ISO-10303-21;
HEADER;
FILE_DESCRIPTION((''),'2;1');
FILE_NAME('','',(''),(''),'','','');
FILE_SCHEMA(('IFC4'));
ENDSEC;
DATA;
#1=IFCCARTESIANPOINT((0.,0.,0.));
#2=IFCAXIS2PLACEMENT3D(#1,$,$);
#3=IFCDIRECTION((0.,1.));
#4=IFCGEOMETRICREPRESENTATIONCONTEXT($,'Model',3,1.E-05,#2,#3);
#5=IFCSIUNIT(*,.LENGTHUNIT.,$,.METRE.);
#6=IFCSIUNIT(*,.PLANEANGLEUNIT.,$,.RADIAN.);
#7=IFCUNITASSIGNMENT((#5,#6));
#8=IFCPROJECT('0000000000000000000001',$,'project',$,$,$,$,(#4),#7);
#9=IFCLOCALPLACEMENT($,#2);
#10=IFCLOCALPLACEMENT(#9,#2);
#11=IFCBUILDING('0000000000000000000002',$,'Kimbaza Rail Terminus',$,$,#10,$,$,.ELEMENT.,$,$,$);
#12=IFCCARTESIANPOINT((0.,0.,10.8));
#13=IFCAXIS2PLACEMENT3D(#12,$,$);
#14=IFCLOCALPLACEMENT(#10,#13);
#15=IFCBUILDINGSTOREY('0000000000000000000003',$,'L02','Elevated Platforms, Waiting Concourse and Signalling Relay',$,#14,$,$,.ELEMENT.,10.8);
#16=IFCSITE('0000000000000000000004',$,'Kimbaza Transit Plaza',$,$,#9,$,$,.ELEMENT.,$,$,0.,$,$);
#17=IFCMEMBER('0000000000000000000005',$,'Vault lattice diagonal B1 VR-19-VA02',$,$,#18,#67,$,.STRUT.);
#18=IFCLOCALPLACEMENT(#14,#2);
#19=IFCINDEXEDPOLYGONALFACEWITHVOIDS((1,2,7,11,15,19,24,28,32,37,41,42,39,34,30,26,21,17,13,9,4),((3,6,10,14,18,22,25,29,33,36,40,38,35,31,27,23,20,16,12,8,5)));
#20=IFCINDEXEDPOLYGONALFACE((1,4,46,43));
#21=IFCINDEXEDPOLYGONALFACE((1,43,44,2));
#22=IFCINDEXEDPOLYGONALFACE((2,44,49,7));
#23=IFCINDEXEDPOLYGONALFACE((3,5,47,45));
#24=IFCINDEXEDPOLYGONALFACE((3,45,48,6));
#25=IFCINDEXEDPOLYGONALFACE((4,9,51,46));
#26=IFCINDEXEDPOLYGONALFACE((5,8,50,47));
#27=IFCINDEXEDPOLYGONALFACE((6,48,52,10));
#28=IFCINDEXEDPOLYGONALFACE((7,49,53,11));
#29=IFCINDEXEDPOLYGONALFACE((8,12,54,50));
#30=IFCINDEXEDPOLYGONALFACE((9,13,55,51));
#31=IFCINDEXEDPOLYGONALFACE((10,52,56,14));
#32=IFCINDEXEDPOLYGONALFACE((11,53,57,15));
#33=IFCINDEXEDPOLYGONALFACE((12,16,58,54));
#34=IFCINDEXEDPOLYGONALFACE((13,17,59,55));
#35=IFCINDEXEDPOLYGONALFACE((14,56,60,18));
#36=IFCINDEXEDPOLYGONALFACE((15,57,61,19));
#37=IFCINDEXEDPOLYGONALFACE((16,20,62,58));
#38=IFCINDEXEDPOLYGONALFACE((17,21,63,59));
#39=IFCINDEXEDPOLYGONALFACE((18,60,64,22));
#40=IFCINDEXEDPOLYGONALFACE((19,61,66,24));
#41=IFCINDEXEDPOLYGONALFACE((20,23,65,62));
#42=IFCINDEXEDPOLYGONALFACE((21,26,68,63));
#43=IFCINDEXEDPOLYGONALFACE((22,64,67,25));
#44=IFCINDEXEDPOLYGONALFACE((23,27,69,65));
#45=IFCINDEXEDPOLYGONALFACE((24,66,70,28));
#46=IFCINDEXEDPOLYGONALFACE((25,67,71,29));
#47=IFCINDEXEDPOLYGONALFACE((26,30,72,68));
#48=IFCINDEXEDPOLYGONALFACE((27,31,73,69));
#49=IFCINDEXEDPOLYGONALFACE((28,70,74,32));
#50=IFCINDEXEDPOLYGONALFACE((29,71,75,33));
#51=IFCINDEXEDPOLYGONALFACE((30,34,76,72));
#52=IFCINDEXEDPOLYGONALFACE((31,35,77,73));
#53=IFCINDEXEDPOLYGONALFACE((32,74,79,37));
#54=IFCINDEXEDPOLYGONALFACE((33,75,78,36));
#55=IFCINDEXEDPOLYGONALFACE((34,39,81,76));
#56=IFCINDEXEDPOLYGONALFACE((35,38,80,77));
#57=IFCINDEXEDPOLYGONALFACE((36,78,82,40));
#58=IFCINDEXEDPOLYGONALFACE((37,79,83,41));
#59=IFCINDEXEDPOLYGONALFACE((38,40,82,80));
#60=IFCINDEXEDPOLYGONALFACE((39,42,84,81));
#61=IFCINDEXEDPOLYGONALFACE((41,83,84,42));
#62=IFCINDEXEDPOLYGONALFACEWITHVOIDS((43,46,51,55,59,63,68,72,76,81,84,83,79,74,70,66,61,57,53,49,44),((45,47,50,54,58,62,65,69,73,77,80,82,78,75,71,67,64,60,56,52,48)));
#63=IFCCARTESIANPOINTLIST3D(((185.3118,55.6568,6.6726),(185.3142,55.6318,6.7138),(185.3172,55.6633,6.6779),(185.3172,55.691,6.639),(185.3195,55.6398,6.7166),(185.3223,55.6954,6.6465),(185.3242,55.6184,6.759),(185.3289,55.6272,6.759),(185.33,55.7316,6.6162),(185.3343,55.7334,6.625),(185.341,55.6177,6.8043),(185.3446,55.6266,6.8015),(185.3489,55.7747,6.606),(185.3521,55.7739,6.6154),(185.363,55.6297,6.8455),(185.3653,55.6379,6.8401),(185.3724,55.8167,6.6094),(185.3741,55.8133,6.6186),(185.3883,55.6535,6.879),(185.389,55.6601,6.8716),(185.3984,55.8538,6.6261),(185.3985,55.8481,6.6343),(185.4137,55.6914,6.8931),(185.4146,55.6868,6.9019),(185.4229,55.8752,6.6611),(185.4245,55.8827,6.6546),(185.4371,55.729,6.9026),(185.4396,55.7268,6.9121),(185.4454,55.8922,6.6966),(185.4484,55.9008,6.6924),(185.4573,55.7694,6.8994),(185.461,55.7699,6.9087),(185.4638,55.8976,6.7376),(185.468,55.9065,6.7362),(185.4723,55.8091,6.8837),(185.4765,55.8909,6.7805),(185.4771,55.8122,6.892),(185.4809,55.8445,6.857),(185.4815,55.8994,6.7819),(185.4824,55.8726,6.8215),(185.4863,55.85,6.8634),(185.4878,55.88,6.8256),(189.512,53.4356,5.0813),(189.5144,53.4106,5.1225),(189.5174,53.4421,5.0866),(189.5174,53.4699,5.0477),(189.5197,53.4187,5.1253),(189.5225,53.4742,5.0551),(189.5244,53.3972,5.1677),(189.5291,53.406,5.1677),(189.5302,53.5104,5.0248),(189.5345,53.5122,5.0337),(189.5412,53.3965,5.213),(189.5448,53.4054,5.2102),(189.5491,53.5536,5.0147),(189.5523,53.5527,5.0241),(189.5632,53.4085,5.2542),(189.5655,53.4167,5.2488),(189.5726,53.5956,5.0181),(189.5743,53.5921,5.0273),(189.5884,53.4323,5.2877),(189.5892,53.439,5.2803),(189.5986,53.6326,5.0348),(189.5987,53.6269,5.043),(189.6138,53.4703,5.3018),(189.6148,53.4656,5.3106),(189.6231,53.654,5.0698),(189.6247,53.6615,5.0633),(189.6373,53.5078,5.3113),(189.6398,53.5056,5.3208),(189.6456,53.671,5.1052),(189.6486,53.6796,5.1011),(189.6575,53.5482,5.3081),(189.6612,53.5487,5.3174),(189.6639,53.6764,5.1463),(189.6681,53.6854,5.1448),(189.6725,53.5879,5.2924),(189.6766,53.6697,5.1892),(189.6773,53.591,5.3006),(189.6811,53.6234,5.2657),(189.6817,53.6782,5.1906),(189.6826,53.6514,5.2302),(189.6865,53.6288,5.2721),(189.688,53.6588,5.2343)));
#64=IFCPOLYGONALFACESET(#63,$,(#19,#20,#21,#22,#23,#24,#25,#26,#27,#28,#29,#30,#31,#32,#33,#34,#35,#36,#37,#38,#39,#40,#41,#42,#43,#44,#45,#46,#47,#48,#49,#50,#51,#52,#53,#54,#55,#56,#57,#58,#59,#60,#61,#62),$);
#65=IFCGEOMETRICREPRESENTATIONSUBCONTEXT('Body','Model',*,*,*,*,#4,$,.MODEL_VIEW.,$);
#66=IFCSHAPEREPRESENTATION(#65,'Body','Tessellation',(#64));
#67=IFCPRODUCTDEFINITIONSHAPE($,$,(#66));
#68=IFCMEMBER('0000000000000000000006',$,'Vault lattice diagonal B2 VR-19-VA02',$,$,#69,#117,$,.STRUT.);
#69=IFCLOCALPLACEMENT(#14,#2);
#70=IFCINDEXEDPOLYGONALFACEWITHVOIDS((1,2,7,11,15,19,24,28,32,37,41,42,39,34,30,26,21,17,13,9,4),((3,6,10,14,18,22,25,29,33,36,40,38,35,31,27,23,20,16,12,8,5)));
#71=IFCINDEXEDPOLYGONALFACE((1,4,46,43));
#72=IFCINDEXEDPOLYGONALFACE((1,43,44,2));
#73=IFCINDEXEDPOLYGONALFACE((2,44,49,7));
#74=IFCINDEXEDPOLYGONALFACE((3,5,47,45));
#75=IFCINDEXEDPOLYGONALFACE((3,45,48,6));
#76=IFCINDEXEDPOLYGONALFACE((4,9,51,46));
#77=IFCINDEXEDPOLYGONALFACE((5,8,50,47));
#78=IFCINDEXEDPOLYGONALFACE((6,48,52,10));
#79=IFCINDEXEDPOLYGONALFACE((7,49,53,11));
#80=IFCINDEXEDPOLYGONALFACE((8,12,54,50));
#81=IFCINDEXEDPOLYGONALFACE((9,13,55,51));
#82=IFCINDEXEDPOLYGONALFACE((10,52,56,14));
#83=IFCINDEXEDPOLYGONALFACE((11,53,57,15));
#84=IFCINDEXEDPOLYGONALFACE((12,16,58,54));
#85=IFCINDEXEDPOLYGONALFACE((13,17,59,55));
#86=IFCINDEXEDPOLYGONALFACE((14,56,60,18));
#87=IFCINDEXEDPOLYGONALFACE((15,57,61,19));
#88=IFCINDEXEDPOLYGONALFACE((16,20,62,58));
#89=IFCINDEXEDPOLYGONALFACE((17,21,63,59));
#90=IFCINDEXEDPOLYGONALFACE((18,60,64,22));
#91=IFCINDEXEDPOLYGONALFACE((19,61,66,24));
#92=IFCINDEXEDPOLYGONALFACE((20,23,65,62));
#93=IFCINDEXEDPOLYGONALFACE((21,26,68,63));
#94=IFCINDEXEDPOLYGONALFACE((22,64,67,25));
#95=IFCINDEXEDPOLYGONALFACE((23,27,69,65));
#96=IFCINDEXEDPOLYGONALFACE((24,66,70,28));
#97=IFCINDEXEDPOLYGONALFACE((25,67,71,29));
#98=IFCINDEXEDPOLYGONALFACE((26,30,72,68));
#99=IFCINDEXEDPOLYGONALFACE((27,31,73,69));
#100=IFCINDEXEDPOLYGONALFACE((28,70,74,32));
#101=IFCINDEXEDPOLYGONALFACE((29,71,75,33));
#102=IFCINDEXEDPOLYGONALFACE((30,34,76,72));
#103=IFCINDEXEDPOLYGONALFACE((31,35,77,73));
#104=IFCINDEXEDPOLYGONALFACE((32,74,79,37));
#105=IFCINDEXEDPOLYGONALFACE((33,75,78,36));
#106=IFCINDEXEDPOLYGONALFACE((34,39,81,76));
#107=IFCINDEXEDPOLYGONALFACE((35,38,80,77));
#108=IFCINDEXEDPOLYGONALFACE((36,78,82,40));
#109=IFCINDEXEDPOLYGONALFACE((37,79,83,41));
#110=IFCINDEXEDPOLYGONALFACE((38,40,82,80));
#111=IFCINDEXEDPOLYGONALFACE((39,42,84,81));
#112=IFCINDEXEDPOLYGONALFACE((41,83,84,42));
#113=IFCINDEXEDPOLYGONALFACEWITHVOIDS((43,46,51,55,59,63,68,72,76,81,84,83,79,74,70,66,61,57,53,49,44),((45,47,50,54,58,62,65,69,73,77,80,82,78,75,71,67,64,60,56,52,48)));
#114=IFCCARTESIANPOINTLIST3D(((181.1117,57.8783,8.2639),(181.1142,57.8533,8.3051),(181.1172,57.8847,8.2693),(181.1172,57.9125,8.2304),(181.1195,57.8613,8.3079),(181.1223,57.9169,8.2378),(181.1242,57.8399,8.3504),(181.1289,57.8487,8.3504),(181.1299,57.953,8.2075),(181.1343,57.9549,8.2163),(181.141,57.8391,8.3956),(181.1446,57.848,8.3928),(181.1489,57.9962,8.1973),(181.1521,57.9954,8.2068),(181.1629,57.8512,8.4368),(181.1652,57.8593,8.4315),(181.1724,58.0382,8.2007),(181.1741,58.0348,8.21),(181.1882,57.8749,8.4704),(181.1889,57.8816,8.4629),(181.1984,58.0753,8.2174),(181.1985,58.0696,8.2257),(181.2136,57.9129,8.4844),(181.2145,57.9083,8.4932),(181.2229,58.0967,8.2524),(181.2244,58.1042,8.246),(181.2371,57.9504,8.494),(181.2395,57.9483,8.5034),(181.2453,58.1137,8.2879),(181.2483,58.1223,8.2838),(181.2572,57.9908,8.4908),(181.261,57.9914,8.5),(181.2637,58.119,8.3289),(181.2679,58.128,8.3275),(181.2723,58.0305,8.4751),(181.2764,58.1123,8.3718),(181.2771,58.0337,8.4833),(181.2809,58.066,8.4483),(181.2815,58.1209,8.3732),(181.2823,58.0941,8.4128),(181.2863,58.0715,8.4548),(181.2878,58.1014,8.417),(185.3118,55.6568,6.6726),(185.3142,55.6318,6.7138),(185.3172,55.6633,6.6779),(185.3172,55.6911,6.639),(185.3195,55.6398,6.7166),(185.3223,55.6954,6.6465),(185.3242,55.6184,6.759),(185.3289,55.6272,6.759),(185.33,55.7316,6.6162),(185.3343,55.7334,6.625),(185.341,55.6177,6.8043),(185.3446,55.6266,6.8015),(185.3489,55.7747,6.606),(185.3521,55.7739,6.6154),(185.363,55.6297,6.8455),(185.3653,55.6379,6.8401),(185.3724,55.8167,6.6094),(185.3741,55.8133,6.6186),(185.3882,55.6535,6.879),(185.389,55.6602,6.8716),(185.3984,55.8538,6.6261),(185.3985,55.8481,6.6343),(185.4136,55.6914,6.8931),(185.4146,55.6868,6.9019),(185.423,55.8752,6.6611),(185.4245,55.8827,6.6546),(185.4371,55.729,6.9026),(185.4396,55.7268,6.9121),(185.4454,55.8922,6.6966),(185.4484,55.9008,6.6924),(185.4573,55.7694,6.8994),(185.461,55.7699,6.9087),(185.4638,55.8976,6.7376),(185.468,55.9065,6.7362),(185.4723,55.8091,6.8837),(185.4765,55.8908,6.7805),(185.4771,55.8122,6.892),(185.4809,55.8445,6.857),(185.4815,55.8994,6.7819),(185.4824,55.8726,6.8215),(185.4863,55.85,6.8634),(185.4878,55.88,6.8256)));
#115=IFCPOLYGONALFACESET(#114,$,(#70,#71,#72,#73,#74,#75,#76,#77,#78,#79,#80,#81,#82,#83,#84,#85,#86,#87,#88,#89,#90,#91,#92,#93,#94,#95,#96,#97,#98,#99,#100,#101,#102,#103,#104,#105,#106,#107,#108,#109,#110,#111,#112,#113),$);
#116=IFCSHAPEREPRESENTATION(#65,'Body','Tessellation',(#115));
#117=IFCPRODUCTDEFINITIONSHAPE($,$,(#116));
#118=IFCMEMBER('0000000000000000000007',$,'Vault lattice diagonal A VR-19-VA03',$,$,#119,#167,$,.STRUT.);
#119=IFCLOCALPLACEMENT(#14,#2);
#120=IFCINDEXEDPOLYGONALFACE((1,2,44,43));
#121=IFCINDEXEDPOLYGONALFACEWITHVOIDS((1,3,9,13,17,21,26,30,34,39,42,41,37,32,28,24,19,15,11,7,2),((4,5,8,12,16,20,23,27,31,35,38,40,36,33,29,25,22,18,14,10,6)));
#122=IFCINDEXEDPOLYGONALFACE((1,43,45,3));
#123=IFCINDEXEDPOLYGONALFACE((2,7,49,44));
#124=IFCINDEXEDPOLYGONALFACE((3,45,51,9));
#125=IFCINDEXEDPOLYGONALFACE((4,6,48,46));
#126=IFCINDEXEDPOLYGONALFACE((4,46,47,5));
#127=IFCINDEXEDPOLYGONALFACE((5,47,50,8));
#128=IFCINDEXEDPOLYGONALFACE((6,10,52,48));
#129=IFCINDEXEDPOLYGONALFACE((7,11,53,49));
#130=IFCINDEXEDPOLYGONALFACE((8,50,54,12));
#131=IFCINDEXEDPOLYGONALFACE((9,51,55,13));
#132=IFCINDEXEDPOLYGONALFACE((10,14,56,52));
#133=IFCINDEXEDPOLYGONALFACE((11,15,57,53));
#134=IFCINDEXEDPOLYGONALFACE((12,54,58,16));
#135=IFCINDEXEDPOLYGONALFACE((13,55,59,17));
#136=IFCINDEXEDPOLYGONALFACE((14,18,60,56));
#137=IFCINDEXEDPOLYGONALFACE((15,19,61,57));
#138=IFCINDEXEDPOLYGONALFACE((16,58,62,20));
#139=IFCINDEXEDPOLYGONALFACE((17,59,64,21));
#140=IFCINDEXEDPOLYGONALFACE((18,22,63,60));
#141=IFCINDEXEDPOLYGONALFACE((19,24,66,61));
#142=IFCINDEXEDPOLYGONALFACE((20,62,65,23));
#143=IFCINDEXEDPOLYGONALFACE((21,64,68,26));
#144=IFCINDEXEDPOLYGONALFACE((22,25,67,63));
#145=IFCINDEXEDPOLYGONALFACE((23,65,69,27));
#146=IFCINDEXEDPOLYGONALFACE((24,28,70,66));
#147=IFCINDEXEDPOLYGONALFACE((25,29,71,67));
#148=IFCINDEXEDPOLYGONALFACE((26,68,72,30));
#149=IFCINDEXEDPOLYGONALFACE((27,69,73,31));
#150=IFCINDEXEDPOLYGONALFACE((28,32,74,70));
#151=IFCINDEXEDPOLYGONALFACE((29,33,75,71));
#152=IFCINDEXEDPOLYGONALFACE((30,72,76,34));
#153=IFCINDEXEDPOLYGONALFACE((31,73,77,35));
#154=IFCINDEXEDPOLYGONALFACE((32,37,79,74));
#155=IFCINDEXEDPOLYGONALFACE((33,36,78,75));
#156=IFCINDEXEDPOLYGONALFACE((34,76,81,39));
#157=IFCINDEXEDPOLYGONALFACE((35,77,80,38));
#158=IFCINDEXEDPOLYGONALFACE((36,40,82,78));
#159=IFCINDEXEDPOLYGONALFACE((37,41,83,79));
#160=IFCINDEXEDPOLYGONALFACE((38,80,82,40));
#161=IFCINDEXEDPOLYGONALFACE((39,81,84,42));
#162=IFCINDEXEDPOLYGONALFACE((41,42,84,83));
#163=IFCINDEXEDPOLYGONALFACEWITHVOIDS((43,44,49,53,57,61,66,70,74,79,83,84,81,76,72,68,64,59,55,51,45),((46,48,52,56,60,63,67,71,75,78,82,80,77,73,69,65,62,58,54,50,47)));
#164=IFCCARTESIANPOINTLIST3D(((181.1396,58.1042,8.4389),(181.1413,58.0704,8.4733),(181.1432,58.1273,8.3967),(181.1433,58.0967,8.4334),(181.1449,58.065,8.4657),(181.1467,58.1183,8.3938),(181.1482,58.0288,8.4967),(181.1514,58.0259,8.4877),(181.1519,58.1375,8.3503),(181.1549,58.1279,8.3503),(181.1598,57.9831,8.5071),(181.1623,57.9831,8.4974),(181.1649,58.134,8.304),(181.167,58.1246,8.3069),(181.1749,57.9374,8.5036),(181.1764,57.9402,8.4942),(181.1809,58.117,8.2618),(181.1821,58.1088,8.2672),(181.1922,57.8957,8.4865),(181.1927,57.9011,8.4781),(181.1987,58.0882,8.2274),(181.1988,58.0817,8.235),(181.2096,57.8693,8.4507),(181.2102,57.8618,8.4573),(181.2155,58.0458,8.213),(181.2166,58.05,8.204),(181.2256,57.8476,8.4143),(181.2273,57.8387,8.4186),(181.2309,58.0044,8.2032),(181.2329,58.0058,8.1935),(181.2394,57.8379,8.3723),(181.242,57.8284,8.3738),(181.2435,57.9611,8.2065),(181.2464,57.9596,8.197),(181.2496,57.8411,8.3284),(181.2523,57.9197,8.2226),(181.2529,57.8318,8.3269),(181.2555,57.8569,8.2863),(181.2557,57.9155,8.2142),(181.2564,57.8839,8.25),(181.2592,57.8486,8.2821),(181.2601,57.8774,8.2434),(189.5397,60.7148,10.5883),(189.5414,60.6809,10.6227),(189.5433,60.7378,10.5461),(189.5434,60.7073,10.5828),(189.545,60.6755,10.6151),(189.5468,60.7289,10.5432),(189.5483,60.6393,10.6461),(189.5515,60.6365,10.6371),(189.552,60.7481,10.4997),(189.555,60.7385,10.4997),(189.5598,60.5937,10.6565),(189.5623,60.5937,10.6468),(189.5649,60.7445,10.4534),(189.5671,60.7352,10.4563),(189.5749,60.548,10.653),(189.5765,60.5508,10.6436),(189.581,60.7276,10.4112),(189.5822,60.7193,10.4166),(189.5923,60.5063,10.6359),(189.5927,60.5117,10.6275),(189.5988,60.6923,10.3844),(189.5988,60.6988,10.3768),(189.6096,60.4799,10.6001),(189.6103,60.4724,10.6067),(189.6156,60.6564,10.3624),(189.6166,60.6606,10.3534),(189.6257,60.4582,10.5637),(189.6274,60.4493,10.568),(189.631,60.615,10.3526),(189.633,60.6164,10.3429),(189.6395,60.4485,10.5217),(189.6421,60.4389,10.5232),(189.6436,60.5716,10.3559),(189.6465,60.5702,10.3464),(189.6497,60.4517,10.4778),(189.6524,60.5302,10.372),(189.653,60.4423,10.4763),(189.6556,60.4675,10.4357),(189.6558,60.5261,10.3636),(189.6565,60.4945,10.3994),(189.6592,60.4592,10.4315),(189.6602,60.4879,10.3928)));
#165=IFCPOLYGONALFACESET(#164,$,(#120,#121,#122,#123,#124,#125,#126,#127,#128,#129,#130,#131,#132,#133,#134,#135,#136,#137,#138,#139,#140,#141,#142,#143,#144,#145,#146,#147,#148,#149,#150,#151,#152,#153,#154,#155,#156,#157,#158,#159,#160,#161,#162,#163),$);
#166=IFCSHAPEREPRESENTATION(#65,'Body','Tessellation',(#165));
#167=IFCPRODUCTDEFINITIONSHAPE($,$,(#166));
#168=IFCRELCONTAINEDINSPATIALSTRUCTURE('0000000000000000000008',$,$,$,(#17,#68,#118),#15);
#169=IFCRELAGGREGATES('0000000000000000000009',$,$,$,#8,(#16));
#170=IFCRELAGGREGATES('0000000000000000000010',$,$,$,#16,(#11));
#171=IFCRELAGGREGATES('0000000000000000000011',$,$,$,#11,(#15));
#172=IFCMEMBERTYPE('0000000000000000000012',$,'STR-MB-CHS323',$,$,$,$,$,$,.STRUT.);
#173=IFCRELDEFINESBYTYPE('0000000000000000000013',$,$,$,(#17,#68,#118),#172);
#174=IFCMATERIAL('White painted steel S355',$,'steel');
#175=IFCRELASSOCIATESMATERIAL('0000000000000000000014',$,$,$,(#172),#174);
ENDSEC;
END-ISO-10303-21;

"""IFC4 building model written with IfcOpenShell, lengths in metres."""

from ifc_helpers import new_model, si_unit, direction, frame, origin, origin_2d, place, context, subcontext, project, spatial, hollow_circle, extrude, material, material_profile, profile_set, type_object, element, save


model = new_model("IFC4")

# Units and contexts
model_context = context("Model", 3, precision=1e-05, world=origin(), true_north=direction((0.0, 1.0)))
body_context = subcontext(model_context, "Body", "Model", "MODEL_VIEW")
ifc_project = project(units=[si_unit("LENGTHUNIT", "METRE"), si_unit("PLANEANGLEUNIT", "RADIAN")], contexts=[model_context])

# Site, building, storey
site_placement = place(None, origin())
site = spatial("IfcSite", under=ifc_project, at=site_placement, Name="Kimbaza Transit Plaza", CompositionType="ELEMENT", RefElevation=0.0)
building_placement = place(site_placement, origin())
building = spatial("IfcBuilding", under=site, at=building_placement, Name="Kimbaza Rail Terminus", CompositionType="ELEMENT")
storey_placement = place(building_placement, frame((0.0, 0.0, 10.8)))
storey = spatial("IfcBuildingStorey", under=building, at=storey_placement, Name="L02", Description="Elevated Platforms, Waiting Concourse and Signalling Relay", CompositionType="ELEMENT", Elevation=10.8)

# Members
ifc_material_1 = material(Name="White painted steel S355", Category="steel")
ifc_material_profile_1 = material_profile(ifc_material_1, hollow_circle(Radius=0.1619, WallThickness=0.01, at=origin_2d()), Name="CHS 323.9x10")
ifc_profile_set_1 = profile_set([ifc_material_profile_1], Name="White painted steel S355")
member_type_1 = type_object("IfcMemberType", Name="STR-MB-CHS323", PredefinedType="STRUT", material=ifc_profile_set_1)
for number, where, z_axis, x_axis, name in (
    (1, (189.6001, 53.5403, 5.1677), (-0.838237, 0.443285, 0.317579), (-0.467486, -0.884, 0.0), "Vault lattice diagonal B1 VR-19-VA02"),
    (2, (185.3999, 55.7615, 6.759), (-0.838205, 0.443343, 0.317585), (-0.467548, -0.883968, 0.0), "Vault lattice diagonal B2 VR-19-VA02"),
):
    element("IfcMember", number, at=place(storey_placement, frame(where, z_axis=z_axis, x_axis=x_axis)), inside=storey, type_object=member_type_1, Name=name, PredefinedType="STRUT", context=body_context, shape_type="SweptSolid", body=[
        extrude(hollow_circle(Radius=0.1619, WallThickness=0.01, at=origin_2d()), origin(), (0.0, 0.0, 1.0), 5.0107),
    ])
member_1_placement = place(storey_placement, frame((181.2, 57.9829, 8.3503), z_axis=(0.927654, 0.288296, 0.237366), x_axis=(-0.296778, 0.954946, 0.0)))
element("IfcMember", 3, at=member_1_placement, inside=storey, type_object=member_type_1, Name="Vault lattice diagonal A VR-19-VA03", PredefinedType="STRUT", context=body_context, shape_type="SweptSolid", body=[
    extrude(hollow_circle(Radius=0.1619, WallThickness=0.01, at=origin_2d()), origin(), (0.0, 0.0, 1.0), 9.0552),
])

save(model, "model.ifc")
